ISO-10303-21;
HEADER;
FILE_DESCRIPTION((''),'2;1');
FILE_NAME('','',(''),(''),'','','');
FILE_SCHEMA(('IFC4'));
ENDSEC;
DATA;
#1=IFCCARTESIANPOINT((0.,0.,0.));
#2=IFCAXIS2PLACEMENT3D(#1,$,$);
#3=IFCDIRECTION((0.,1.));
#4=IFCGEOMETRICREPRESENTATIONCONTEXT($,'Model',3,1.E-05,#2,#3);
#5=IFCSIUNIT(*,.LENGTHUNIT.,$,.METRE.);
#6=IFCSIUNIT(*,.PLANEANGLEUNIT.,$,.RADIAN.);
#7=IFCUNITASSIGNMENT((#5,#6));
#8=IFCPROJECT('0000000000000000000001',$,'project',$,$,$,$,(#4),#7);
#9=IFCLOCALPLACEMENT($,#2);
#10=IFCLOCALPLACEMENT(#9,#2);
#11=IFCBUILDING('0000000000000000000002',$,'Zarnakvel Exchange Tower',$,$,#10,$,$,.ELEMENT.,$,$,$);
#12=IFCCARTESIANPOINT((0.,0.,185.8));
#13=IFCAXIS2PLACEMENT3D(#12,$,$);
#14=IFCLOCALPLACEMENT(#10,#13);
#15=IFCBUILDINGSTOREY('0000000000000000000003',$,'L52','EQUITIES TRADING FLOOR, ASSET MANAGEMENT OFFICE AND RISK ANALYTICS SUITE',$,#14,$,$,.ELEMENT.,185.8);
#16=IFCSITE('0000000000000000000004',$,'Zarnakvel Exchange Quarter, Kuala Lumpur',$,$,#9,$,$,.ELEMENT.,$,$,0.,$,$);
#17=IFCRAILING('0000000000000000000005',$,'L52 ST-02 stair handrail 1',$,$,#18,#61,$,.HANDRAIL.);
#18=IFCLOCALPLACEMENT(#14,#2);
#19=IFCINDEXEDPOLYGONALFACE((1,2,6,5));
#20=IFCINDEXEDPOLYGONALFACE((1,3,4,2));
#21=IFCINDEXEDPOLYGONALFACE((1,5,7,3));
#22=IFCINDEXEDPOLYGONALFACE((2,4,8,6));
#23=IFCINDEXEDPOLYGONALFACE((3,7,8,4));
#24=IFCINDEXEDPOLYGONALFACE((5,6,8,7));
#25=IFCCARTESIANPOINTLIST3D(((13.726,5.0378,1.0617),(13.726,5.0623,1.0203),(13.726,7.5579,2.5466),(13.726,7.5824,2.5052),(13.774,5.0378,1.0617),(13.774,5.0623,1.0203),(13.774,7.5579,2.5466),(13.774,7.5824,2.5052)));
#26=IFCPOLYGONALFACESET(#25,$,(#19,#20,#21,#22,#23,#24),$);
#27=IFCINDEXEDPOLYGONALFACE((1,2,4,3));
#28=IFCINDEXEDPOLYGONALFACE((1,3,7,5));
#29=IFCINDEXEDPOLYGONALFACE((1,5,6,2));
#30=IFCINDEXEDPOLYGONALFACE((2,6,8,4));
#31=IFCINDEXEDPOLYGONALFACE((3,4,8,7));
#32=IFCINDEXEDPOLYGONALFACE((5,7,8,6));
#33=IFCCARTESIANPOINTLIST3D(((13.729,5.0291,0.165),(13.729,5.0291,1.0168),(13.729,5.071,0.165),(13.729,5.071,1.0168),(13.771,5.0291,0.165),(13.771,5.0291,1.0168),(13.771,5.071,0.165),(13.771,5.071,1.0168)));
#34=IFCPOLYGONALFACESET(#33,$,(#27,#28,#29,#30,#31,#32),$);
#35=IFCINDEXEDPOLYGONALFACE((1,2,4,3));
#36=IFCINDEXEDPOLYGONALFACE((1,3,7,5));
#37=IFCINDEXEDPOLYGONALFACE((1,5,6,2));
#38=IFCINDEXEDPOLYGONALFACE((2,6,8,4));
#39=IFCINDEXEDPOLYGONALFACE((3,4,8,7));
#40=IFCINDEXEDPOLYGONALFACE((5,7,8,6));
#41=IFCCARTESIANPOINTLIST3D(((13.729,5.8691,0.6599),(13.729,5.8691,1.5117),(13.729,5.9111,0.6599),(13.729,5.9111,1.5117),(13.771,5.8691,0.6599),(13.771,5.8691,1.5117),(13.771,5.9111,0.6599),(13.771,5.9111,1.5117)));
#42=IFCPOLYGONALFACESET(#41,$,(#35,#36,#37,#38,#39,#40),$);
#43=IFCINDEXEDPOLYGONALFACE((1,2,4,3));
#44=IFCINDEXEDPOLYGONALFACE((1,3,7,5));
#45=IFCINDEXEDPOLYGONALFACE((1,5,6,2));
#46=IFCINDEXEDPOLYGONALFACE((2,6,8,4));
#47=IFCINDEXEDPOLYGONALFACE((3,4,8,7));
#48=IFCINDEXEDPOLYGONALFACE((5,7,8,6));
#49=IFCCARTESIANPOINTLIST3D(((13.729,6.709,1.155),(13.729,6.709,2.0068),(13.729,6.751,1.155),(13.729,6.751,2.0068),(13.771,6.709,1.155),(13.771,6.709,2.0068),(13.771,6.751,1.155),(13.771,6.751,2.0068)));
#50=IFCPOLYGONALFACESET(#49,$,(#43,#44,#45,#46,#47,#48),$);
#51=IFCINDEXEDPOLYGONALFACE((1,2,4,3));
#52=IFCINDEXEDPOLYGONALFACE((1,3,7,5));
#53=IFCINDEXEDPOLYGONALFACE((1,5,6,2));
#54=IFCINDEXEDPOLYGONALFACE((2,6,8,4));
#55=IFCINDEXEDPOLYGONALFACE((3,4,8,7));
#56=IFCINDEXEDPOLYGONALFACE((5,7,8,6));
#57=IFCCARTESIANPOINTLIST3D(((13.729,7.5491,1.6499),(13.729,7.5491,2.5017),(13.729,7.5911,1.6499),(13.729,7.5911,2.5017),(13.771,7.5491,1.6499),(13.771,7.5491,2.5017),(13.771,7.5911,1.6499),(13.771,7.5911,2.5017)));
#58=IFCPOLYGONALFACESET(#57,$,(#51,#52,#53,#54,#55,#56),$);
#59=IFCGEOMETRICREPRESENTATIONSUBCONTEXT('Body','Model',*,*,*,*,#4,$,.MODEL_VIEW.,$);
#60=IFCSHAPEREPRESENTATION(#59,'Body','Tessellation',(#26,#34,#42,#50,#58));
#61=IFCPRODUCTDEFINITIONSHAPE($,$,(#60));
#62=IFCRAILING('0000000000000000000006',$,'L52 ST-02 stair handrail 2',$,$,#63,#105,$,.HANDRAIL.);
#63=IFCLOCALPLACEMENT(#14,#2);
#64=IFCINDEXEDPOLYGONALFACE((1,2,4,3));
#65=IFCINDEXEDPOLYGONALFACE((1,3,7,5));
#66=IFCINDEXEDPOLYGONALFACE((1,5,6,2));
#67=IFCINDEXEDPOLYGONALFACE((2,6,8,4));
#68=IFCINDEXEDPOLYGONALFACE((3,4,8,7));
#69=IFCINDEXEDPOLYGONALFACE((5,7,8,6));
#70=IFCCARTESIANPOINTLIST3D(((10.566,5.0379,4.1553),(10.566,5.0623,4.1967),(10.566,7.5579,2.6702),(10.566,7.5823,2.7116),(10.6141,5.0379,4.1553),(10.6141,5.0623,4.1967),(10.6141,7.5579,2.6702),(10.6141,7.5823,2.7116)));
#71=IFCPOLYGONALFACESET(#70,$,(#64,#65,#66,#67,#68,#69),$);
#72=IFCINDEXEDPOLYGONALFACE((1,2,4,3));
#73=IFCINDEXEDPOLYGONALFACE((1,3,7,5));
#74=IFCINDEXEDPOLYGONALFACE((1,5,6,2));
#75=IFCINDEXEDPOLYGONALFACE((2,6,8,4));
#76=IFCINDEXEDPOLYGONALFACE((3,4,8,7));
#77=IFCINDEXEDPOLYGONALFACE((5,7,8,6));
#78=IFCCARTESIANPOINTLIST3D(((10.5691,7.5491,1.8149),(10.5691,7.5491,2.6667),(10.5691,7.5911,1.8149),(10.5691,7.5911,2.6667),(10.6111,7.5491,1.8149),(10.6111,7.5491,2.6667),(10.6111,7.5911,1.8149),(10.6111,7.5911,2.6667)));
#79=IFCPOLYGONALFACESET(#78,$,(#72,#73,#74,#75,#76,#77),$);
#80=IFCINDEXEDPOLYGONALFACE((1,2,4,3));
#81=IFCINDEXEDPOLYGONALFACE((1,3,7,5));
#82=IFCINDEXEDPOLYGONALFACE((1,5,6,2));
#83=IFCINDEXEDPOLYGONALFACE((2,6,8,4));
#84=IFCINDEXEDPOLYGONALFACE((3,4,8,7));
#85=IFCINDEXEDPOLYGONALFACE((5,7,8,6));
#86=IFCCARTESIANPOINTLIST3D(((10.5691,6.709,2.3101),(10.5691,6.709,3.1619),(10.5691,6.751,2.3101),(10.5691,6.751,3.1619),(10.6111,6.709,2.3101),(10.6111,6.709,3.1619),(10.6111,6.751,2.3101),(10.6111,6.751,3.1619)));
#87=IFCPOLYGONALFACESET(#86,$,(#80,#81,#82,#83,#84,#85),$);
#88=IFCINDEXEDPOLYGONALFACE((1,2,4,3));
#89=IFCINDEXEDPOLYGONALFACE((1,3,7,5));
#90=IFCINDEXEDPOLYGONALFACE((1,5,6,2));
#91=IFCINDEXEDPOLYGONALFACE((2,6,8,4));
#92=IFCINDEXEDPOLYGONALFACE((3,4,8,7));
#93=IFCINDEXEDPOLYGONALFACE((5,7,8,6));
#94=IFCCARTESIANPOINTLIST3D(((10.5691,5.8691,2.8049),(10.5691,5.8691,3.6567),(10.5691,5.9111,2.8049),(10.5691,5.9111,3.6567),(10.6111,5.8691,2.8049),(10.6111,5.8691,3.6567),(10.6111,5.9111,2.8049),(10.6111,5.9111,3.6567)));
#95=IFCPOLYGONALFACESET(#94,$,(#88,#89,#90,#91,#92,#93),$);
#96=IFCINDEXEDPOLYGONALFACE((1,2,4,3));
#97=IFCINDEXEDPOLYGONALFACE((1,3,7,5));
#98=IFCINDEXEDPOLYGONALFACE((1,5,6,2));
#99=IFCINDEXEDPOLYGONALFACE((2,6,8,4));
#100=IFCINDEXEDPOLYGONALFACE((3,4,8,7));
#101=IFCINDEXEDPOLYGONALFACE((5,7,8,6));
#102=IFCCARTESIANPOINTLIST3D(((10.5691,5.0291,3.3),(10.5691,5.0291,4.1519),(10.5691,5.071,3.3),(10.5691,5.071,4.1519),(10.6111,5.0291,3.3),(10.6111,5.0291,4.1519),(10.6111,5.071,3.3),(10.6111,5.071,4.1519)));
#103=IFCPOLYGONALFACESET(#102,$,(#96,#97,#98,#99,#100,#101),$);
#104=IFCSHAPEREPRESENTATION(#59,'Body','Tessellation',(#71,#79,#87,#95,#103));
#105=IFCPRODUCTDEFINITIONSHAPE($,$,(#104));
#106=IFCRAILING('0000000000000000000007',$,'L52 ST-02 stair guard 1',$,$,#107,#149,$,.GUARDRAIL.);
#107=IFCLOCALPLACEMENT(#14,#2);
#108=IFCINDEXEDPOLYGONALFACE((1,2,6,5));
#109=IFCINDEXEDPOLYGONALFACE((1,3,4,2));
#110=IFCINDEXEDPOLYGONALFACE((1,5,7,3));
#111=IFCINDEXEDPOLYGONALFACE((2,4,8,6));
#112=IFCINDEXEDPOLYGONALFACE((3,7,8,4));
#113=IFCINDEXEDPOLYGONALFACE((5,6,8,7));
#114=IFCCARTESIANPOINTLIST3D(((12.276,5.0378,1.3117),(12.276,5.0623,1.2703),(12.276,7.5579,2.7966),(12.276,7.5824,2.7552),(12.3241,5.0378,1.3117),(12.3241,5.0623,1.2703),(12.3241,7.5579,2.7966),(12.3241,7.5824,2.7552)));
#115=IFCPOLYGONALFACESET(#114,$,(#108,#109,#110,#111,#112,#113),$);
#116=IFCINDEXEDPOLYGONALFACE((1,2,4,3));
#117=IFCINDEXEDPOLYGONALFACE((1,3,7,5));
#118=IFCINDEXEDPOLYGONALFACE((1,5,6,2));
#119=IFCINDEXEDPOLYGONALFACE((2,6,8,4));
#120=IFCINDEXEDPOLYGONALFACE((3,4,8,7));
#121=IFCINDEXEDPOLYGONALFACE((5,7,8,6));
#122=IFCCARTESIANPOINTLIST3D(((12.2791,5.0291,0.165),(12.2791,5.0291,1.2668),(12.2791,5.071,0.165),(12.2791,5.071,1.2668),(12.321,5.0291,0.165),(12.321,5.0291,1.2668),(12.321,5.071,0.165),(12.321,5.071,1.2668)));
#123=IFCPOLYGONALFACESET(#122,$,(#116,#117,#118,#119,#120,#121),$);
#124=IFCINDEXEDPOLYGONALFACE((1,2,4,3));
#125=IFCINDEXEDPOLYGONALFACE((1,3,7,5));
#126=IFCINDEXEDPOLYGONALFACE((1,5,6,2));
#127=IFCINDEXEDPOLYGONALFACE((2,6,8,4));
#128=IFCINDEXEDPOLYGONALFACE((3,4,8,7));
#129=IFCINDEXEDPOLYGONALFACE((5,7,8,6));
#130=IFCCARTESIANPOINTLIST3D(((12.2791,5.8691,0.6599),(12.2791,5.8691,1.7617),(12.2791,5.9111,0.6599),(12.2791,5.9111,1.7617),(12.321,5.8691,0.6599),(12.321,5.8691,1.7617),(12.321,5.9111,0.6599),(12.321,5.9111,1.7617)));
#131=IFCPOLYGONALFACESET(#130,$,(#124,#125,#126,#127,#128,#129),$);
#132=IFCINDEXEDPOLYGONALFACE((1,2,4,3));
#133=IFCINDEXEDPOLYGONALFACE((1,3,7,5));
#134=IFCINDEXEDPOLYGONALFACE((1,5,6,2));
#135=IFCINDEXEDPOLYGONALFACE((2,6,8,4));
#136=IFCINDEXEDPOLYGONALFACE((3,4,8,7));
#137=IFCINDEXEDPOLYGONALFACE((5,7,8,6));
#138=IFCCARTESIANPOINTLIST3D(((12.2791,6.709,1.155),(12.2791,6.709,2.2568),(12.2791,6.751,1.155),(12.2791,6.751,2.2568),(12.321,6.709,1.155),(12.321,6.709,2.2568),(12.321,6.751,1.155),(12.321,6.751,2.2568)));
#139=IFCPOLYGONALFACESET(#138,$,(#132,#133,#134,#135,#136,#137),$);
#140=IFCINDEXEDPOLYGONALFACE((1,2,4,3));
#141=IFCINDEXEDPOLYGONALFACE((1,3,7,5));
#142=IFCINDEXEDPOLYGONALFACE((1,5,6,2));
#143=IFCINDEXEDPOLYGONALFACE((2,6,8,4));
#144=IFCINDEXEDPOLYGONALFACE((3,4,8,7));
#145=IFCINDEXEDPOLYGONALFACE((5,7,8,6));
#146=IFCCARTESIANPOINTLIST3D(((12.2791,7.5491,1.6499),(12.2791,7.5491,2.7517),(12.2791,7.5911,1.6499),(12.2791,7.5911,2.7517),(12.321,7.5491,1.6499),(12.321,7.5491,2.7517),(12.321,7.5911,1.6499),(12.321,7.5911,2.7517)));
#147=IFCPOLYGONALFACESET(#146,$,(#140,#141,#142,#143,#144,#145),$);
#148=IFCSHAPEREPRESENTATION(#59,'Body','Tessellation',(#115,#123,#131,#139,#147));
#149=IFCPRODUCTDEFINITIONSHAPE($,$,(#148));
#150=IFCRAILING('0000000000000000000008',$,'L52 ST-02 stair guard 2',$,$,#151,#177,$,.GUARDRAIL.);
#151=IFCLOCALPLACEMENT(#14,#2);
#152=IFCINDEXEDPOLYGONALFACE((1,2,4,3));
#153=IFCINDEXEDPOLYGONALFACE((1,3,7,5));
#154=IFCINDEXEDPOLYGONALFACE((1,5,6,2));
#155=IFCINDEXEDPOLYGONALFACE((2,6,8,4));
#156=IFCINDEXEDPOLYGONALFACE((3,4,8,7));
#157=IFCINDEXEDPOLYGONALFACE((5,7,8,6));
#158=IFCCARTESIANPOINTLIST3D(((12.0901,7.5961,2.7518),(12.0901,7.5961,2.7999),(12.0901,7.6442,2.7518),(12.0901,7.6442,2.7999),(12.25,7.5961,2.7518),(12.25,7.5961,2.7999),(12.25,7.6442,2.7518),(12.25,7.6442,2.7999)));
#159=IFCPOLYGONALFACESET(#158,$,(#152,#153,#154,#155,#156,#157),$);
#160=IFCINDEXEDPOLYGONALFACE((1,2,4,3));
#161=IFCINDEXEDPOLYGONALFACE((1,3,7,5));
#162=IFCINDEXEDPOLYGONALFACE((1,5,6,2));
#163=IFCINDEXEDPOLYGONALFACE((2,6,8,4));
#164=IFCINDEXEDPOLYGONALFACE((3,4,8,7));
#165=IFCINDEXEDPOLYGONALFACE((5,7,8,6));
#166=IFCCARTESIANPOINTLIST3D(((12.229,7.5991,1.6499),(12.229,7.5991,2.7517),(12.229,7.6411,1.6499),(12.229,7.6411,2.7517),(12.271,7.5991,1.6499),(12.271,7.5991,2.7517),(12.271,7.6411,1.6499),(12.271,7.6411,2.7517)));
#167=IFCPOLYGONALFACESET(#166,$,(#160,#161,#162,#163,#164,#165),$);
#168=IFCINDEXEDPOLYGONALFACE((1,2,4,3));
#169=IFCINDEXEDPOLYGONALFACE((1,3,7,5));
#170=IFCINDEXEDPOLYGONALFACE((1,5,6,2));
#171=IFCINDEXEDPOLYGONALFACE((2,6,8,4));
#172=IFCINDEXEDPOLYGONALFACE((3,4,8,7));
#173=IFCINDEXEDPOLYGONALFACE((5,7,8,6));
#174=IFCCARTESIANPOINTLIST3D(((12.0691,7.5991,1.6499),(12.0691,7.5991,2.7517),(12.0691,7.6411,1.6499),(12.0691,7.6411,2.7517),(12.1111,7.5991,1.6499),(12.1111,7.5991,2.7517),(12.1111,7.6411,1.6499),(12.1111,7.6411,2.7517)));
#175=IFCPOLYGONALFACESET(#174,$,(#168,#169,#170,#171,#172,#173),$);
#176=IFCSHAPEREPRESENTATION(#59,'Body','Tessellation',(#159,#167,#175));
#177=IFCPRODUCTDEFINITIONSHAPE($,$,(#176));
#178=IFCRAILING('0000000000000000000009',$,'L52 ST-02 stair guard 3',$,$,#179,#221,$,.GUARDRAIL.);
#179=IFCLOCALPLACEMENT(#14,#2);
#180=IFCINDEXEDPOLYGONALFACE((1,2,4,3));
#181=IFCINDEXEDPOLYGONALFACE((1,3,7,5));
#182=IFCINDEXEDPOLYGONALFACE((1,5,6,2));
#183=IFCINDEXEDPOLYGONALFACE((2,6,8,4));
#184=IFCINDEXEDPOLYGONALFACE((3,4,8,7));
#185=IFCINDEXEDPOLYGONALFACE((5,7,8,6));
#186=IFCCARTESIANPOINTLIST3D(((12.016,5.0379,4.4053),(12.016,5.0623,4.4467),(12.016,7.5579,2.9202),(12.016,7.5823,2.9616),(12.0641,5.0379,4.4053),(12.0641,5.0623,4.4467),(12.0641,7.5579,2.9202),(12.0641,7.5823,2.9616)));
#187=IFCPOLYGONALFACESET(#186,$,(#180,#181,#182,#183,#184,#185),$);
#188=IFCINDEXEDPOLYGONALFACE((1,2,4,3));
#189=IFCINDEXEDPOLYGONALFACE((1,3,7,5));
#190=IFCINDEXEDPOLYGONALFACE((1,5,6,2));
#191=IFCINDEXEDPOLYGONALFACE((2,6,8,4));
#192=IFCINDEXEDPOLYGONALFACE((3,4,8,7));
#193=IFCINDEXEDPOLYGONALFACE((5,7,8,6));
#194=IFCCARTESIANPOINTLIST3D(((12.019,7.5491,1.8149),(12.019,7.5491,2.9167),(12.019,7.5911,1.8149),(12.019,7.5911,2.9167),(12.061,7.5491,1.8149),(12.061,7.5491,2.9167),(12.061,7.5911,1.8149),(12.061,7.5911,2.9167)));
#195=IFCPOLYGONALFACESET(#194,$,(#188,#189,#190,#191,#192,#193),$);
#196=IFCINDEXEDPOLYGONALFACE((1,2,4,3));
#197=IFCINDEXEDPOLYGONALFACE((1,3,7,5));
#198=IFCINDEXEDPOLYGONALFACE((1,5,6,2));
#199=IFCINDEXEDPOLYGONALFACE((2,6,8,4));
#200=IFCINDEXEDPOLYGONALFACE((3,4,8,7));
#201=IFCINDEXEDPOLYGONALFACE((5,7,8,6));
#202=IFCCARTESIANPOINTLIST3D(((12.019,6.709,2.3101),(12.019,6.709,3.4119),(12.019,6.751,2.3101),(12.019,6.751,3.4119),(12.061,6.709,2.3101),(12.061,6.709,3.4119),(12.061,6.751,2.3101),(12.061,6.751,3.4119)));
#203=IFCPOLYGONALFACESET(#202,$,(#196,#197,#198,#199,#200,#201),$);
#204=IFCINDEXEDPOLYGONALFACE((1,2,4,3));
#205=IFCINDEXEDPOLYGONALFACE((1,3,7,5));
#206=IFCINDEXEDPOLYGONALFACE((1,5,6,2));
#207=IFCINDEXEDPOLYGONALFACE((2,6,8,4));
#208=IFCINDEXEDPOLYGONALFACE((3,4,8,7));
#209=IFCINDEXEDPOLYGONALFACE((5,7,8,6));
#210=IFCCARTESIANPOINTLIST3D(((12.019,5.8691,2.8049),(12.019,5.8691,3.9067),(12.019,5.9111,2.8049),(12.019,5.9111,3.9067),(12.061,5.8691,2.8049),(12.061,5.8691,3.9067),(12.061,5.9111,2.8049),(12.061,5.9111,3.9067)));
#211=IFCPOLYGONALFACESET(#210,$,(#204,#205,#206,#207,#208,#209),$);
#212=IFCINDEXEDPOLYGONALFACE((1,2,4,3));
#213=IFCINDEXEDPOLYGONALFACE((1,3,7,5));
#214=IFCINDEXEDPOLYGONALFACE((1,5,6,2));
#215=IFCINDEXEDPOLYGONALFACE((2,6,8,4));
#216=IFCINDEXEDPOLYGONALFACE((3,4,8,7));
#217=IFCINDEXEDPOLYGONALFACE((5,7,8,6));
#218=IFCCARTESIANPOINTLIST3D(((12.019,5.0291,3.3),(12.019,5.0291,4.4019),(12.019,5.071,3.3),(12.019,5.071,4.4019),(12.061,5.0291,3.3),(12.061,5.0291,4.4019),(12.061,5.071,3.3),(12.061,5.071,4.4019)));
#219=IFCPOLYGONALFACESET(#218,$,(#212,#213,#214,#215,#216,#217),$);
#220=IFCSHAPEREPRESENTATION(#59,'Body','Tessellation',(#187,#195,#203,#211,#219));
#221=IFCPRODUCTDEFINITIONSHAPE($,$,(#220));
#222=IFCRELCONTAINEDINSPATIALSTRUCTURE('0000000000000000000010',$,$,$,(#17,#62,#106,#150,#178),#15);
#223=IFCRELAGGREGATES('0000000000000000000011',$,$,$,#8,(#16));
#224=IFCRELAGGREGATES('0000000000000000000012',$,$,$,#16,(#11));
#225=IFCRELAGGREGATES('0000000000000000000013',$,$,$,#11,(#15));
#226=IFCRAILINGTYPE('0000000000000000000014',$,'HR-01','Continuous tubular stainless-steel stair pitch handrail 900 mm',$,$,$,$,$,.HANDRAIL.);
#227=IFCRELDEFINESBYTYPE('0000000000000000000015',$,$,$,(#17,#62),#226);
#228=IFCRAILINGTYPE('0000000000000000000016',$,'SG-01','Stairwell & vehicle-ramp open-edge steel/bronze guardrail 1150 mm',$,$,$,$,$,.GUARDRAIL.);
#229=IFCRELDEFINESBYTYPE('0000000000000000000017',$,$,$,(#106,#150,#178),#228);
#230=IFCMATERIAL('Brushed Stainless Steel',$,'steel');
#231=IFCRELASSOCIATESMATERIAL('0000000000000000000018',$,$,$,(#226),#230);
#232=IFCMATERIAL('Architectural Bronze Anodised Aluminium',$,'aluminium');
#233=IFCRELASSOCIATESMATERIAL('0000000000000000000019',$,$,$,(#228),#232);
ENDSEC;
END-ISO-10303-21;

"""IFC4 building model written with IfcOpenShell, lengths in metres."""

from ifc_helpers import new_model, si_unit, direction, frame, origin, origin_2d, place, context, subcontext, project, spatial, rectangle, extrude, material, type_object, element, save


model = new_model("IFC4")

# Units and contexts
model_context = context("Model", 3, precision=1e-05, world=origin(), true_north=direction((0.0, 1.0)))
body_context = subcontext(model_context, "Body", "Model", "MODEL_VIEW")
ifc_project = project(units=[si_unit("LENGTHUNIT", "METRE"), si_unit("PLANEANGLEUNIT", "RADIAN")], contexts=[model_context])

# Site, building, storey
site_placement = place(None, origin())
site = spatial("IfcSite", under=ifc_project, at=site_placement, Name="Zarnakvel Exchange Quarter, Kuala Lumpur", CompositionType="ELEMENT", RefElevation=0.0)
building_placement = place(site_placement, origin())
building = spatial("IfcBuilding", under=site, at=building_placement, Name="Zarnakvel Exchange Tower", CompositionType="ELEMENT")
storey_placement = place(building_placement, frame((0.0, 0.0, 185.8)))
storey = spatial("IfcBuildingStorey", under=building, at=storey_placement, Name="L52", Description="EQUITIES TRADING FLOOR, ASSET MANAGEMENT OFFICE AND RISK ANALYTICS SUITE", CompositionType="ELEMENT", Elevation=185.8)

# Shared definitions
ifc_material_1 = material(Name="Architectural Bronze Anodised Aluminium", Category="aluminium")

# Railings
ifc_material_2 = material(Name="Brushed Stainless Steel", Category="steel")
railing_type_1 = type_object("IfcRailingType", Name="HR-01", Description="Continuous tubular stainless-steel stair pitch handrail 900 mm", PredefinedType="HANDRAIL", material=ifc_material_2)
railing_1_placement = place(storey_placement, frame((13.75, 5.05, 0.165)))
element("IfcRailing", 1, at=railing_1_placement, inside=storey, type_object=railing_type_1, Name="L52 ST-02 stair handrail 1", PredefinedType="HANDRAIL", context=body_context, shape_type="SweptSolid", body=[
    extrude(rectangle(XDim=0.0481, YDim=0.0481, at=origin_2d()), frame((0.0, 0.0, 0.876), z_axis=(0.0, 0.861561, 0.507655), x_axis=(-1.0, 0.0, 0.0)), (0.0, 0.0, 1.0), 2.925),
    extrude(rectangle(XDim=0.042, YDim=0.042, at=origin_2d()), origin(), (0.0, 0.0, 1.0), 0.8518),
    extrude(rectangle(XDim=0.042, YDim=0.042, at=origin_2d()), frame((0.0, 0.8401, 0.4949)), (0.0, 0.0, 1.0), 0.8518),
    extrude(rectangle(XDim=0.042, YDim=0.042, at=origin_2d()), frame((0.0, 1.6799, 0.99)), (0.0, 0.0, 1.0), 0.8518),
    extrude(rectangle(XDim=0.042, YDim=0.042, at=origin_2d()), frame((0.0, 2.52, 1.4849)), (0.0, 0.0, 1.0), 0.8518),
])
railing_2_placement = place(storey_placement, frame((10.5901, 7.5701, 1.8149)))
element("IfcRailing", 2, at=railing_2_placement, inside=storey, type_object=railing_type_1, Name="L52 ST-02 stair handrail 2", PredefinedType="HANDRAIL", context=body_context, shape_type="SweptSolid", body=[
    extrude(rectangle(XDim=0.0481, YDim=0.0481, at=origin_2d()), frame((0.0, 0.0, 0.876), z_axis=(0.0, -0.861524, 0.507717), x_axis=(1.0, 0.0, 0.0)), (0.0, 0.0, 1.0), 2.925),
    extrude(rectangle(XDim=0.042, YDim=0.042, at=origin_2d()), origin(), (0.0, 0.0, 1.0), 0.8518),
    extrude(rectangle(XDim=0.042, YDim=0.042, at=origin_2d()), frame((0.0, -0.8401, 0.4951)), (0.0, 0.0, 1.0), 0.8518),
    extrude(rectangle(XDim=0.042, YDim=0.042, at=origin_2d()), frame((0.0, -1.6799, 0.99)), (0.0, 0.0, 1.0), 0.8518),
    extrude(rectangle(XDim=0.042, YDim=0.042, at=origin_2d()), frame((0.0, -2.52, 1.4851)), (0.0, 0.0, 1.0), 0.8518),
])
railing_type_2 = type_object("IfcRailingType", Name="SG-01", Description="Stairwell & vehicle-ramp open-edge steel/bronze guardrail 1150 mm", PredefinedType="GUARDRAIL", material=ifc_material_1)
railing_3_placement = place(storey_placement, frame((12.3, 5.05, 0.165)))
element("IfcRailing", 3, at=railing_3_placement, inside=storey, type_object=railing_type_2, Name="L52 ST-02 stair guard 1", PredefinedType="GUARDRAIL", context=body_context, shape_type="SweptSolid", body=[
    extrude(rectangle(XDim=0.0481, YDim=0.0481, at=origin_2d()), frame((0.0, 0.0, 1.126), z_axis=(0.0, 0.861561, 0.507655), x_axis=(-1.0, 0.0, 0.0)), (0.0, 0.0, 1.0), 2.925),
    extrude(rectangle(XDim=0.042, YDim=0.042, at=origin_2d()), origin(), (0.0, 0.0, 1.0), 1.1018),
    extrude(rectangle(XDim=0.042, YDim=0.042, at=origin_2d()), frame((0.0, 0.8401, 0.4949)), (0.0, 0.0, 1.0), 1.1018),
    extrude(rectangle(XDim=0.042, YDim=0.042, at=origin_2d()), frame((0.0, 1.6799, 0.99)), (0.0, 0.0, 1.0), 1.1018),
    extrude(rectangle(XDim=0.042, YDim=0.042, at=origin_2d()), frame((0.0, 2.52, 1.4849)), (0.0, 0.0, 1.0), 1.1018),
])
railing_4_placement = place(storey_placement, frame((12.25, 7.6201, 1.6499)))
element("IfcRailing", 4, at=railing_4_placement, inside=storey, type_object=railing_type_2, Name="L52 ST-02 stair guard 2", PredefinedType="GUARDRAIL", context=body_context, shape_type="SweptSolid", body=[
    extrude(rectangle(XDim=0.0481, YDim=0.0481, at=origin_2d()), frame((0.0, 0.0, 1.126), z_axis=(-1.0, 0.0, 0.0), x_axis=(0.0, -1.0, 0.0)), (0.0, 0.0, 1.0), 0.1599),
    extrude(rectangle(XDim=0.042, YDim=0.042, at=origin_2d()), origin(), (0.0, 0.0, 1.0), 1.1018),
    extrude(rectangle(XDim=0.042, YDim=0.042, at=origin_2d()), frame((-0.1599, 0.0, 0.0)), (0.0, 0.0, 1.0), 1.1018),
])
railing_5_placement = place(storey_placement, frame((12.04, 7.5701, 1.8149)))
element("IfcRailing", 5, at=railing_5_placement, inside=storey, type_object=railing_type_2, Name="L52 ST-02 stair guard 3", PredefinedType="GUARDRAIL", context=body_context, shape_type="SweptSolid", body=[
    extrude(rectangle(XDim=0.0481, YDim=0.0481, at=origin_2d()), frame((0.0, 0.0, 1.126), z_axis=(0.0, -0.861524, 0.507717), x_axis=(1.0, 0.0, 0.0)), (0.0, 0.0, 1.0), 2.925),
    extrude(rectangle(XDim=0.042, YDim=0.042, at=origin_2d()), origin(), (0.0, 0.0, 1.0), 1.1018),
    extrude(rectangle(XDim=0.042, YDim=0.042, at=origin_2d()), frame((0.0, -0.8401, 0.4951)), (0.0, 0.0, 1.0), 1.1018),
    extrude(rectangle(XDim=0.042, YDim=0.042, at=origin_2d()), frame((0.0, -1.6799, 0.99)), (0.0, 0.0, 1.0), 1.1018),
    extrude(rectangle(XDim=0.042, YDim=0.042, at=origin_2d()), frame((0.0, -2.52, 1.4851)), (0.0, 0.0, 1.0), 1.1018),
])

save(model, "model.ifc")
